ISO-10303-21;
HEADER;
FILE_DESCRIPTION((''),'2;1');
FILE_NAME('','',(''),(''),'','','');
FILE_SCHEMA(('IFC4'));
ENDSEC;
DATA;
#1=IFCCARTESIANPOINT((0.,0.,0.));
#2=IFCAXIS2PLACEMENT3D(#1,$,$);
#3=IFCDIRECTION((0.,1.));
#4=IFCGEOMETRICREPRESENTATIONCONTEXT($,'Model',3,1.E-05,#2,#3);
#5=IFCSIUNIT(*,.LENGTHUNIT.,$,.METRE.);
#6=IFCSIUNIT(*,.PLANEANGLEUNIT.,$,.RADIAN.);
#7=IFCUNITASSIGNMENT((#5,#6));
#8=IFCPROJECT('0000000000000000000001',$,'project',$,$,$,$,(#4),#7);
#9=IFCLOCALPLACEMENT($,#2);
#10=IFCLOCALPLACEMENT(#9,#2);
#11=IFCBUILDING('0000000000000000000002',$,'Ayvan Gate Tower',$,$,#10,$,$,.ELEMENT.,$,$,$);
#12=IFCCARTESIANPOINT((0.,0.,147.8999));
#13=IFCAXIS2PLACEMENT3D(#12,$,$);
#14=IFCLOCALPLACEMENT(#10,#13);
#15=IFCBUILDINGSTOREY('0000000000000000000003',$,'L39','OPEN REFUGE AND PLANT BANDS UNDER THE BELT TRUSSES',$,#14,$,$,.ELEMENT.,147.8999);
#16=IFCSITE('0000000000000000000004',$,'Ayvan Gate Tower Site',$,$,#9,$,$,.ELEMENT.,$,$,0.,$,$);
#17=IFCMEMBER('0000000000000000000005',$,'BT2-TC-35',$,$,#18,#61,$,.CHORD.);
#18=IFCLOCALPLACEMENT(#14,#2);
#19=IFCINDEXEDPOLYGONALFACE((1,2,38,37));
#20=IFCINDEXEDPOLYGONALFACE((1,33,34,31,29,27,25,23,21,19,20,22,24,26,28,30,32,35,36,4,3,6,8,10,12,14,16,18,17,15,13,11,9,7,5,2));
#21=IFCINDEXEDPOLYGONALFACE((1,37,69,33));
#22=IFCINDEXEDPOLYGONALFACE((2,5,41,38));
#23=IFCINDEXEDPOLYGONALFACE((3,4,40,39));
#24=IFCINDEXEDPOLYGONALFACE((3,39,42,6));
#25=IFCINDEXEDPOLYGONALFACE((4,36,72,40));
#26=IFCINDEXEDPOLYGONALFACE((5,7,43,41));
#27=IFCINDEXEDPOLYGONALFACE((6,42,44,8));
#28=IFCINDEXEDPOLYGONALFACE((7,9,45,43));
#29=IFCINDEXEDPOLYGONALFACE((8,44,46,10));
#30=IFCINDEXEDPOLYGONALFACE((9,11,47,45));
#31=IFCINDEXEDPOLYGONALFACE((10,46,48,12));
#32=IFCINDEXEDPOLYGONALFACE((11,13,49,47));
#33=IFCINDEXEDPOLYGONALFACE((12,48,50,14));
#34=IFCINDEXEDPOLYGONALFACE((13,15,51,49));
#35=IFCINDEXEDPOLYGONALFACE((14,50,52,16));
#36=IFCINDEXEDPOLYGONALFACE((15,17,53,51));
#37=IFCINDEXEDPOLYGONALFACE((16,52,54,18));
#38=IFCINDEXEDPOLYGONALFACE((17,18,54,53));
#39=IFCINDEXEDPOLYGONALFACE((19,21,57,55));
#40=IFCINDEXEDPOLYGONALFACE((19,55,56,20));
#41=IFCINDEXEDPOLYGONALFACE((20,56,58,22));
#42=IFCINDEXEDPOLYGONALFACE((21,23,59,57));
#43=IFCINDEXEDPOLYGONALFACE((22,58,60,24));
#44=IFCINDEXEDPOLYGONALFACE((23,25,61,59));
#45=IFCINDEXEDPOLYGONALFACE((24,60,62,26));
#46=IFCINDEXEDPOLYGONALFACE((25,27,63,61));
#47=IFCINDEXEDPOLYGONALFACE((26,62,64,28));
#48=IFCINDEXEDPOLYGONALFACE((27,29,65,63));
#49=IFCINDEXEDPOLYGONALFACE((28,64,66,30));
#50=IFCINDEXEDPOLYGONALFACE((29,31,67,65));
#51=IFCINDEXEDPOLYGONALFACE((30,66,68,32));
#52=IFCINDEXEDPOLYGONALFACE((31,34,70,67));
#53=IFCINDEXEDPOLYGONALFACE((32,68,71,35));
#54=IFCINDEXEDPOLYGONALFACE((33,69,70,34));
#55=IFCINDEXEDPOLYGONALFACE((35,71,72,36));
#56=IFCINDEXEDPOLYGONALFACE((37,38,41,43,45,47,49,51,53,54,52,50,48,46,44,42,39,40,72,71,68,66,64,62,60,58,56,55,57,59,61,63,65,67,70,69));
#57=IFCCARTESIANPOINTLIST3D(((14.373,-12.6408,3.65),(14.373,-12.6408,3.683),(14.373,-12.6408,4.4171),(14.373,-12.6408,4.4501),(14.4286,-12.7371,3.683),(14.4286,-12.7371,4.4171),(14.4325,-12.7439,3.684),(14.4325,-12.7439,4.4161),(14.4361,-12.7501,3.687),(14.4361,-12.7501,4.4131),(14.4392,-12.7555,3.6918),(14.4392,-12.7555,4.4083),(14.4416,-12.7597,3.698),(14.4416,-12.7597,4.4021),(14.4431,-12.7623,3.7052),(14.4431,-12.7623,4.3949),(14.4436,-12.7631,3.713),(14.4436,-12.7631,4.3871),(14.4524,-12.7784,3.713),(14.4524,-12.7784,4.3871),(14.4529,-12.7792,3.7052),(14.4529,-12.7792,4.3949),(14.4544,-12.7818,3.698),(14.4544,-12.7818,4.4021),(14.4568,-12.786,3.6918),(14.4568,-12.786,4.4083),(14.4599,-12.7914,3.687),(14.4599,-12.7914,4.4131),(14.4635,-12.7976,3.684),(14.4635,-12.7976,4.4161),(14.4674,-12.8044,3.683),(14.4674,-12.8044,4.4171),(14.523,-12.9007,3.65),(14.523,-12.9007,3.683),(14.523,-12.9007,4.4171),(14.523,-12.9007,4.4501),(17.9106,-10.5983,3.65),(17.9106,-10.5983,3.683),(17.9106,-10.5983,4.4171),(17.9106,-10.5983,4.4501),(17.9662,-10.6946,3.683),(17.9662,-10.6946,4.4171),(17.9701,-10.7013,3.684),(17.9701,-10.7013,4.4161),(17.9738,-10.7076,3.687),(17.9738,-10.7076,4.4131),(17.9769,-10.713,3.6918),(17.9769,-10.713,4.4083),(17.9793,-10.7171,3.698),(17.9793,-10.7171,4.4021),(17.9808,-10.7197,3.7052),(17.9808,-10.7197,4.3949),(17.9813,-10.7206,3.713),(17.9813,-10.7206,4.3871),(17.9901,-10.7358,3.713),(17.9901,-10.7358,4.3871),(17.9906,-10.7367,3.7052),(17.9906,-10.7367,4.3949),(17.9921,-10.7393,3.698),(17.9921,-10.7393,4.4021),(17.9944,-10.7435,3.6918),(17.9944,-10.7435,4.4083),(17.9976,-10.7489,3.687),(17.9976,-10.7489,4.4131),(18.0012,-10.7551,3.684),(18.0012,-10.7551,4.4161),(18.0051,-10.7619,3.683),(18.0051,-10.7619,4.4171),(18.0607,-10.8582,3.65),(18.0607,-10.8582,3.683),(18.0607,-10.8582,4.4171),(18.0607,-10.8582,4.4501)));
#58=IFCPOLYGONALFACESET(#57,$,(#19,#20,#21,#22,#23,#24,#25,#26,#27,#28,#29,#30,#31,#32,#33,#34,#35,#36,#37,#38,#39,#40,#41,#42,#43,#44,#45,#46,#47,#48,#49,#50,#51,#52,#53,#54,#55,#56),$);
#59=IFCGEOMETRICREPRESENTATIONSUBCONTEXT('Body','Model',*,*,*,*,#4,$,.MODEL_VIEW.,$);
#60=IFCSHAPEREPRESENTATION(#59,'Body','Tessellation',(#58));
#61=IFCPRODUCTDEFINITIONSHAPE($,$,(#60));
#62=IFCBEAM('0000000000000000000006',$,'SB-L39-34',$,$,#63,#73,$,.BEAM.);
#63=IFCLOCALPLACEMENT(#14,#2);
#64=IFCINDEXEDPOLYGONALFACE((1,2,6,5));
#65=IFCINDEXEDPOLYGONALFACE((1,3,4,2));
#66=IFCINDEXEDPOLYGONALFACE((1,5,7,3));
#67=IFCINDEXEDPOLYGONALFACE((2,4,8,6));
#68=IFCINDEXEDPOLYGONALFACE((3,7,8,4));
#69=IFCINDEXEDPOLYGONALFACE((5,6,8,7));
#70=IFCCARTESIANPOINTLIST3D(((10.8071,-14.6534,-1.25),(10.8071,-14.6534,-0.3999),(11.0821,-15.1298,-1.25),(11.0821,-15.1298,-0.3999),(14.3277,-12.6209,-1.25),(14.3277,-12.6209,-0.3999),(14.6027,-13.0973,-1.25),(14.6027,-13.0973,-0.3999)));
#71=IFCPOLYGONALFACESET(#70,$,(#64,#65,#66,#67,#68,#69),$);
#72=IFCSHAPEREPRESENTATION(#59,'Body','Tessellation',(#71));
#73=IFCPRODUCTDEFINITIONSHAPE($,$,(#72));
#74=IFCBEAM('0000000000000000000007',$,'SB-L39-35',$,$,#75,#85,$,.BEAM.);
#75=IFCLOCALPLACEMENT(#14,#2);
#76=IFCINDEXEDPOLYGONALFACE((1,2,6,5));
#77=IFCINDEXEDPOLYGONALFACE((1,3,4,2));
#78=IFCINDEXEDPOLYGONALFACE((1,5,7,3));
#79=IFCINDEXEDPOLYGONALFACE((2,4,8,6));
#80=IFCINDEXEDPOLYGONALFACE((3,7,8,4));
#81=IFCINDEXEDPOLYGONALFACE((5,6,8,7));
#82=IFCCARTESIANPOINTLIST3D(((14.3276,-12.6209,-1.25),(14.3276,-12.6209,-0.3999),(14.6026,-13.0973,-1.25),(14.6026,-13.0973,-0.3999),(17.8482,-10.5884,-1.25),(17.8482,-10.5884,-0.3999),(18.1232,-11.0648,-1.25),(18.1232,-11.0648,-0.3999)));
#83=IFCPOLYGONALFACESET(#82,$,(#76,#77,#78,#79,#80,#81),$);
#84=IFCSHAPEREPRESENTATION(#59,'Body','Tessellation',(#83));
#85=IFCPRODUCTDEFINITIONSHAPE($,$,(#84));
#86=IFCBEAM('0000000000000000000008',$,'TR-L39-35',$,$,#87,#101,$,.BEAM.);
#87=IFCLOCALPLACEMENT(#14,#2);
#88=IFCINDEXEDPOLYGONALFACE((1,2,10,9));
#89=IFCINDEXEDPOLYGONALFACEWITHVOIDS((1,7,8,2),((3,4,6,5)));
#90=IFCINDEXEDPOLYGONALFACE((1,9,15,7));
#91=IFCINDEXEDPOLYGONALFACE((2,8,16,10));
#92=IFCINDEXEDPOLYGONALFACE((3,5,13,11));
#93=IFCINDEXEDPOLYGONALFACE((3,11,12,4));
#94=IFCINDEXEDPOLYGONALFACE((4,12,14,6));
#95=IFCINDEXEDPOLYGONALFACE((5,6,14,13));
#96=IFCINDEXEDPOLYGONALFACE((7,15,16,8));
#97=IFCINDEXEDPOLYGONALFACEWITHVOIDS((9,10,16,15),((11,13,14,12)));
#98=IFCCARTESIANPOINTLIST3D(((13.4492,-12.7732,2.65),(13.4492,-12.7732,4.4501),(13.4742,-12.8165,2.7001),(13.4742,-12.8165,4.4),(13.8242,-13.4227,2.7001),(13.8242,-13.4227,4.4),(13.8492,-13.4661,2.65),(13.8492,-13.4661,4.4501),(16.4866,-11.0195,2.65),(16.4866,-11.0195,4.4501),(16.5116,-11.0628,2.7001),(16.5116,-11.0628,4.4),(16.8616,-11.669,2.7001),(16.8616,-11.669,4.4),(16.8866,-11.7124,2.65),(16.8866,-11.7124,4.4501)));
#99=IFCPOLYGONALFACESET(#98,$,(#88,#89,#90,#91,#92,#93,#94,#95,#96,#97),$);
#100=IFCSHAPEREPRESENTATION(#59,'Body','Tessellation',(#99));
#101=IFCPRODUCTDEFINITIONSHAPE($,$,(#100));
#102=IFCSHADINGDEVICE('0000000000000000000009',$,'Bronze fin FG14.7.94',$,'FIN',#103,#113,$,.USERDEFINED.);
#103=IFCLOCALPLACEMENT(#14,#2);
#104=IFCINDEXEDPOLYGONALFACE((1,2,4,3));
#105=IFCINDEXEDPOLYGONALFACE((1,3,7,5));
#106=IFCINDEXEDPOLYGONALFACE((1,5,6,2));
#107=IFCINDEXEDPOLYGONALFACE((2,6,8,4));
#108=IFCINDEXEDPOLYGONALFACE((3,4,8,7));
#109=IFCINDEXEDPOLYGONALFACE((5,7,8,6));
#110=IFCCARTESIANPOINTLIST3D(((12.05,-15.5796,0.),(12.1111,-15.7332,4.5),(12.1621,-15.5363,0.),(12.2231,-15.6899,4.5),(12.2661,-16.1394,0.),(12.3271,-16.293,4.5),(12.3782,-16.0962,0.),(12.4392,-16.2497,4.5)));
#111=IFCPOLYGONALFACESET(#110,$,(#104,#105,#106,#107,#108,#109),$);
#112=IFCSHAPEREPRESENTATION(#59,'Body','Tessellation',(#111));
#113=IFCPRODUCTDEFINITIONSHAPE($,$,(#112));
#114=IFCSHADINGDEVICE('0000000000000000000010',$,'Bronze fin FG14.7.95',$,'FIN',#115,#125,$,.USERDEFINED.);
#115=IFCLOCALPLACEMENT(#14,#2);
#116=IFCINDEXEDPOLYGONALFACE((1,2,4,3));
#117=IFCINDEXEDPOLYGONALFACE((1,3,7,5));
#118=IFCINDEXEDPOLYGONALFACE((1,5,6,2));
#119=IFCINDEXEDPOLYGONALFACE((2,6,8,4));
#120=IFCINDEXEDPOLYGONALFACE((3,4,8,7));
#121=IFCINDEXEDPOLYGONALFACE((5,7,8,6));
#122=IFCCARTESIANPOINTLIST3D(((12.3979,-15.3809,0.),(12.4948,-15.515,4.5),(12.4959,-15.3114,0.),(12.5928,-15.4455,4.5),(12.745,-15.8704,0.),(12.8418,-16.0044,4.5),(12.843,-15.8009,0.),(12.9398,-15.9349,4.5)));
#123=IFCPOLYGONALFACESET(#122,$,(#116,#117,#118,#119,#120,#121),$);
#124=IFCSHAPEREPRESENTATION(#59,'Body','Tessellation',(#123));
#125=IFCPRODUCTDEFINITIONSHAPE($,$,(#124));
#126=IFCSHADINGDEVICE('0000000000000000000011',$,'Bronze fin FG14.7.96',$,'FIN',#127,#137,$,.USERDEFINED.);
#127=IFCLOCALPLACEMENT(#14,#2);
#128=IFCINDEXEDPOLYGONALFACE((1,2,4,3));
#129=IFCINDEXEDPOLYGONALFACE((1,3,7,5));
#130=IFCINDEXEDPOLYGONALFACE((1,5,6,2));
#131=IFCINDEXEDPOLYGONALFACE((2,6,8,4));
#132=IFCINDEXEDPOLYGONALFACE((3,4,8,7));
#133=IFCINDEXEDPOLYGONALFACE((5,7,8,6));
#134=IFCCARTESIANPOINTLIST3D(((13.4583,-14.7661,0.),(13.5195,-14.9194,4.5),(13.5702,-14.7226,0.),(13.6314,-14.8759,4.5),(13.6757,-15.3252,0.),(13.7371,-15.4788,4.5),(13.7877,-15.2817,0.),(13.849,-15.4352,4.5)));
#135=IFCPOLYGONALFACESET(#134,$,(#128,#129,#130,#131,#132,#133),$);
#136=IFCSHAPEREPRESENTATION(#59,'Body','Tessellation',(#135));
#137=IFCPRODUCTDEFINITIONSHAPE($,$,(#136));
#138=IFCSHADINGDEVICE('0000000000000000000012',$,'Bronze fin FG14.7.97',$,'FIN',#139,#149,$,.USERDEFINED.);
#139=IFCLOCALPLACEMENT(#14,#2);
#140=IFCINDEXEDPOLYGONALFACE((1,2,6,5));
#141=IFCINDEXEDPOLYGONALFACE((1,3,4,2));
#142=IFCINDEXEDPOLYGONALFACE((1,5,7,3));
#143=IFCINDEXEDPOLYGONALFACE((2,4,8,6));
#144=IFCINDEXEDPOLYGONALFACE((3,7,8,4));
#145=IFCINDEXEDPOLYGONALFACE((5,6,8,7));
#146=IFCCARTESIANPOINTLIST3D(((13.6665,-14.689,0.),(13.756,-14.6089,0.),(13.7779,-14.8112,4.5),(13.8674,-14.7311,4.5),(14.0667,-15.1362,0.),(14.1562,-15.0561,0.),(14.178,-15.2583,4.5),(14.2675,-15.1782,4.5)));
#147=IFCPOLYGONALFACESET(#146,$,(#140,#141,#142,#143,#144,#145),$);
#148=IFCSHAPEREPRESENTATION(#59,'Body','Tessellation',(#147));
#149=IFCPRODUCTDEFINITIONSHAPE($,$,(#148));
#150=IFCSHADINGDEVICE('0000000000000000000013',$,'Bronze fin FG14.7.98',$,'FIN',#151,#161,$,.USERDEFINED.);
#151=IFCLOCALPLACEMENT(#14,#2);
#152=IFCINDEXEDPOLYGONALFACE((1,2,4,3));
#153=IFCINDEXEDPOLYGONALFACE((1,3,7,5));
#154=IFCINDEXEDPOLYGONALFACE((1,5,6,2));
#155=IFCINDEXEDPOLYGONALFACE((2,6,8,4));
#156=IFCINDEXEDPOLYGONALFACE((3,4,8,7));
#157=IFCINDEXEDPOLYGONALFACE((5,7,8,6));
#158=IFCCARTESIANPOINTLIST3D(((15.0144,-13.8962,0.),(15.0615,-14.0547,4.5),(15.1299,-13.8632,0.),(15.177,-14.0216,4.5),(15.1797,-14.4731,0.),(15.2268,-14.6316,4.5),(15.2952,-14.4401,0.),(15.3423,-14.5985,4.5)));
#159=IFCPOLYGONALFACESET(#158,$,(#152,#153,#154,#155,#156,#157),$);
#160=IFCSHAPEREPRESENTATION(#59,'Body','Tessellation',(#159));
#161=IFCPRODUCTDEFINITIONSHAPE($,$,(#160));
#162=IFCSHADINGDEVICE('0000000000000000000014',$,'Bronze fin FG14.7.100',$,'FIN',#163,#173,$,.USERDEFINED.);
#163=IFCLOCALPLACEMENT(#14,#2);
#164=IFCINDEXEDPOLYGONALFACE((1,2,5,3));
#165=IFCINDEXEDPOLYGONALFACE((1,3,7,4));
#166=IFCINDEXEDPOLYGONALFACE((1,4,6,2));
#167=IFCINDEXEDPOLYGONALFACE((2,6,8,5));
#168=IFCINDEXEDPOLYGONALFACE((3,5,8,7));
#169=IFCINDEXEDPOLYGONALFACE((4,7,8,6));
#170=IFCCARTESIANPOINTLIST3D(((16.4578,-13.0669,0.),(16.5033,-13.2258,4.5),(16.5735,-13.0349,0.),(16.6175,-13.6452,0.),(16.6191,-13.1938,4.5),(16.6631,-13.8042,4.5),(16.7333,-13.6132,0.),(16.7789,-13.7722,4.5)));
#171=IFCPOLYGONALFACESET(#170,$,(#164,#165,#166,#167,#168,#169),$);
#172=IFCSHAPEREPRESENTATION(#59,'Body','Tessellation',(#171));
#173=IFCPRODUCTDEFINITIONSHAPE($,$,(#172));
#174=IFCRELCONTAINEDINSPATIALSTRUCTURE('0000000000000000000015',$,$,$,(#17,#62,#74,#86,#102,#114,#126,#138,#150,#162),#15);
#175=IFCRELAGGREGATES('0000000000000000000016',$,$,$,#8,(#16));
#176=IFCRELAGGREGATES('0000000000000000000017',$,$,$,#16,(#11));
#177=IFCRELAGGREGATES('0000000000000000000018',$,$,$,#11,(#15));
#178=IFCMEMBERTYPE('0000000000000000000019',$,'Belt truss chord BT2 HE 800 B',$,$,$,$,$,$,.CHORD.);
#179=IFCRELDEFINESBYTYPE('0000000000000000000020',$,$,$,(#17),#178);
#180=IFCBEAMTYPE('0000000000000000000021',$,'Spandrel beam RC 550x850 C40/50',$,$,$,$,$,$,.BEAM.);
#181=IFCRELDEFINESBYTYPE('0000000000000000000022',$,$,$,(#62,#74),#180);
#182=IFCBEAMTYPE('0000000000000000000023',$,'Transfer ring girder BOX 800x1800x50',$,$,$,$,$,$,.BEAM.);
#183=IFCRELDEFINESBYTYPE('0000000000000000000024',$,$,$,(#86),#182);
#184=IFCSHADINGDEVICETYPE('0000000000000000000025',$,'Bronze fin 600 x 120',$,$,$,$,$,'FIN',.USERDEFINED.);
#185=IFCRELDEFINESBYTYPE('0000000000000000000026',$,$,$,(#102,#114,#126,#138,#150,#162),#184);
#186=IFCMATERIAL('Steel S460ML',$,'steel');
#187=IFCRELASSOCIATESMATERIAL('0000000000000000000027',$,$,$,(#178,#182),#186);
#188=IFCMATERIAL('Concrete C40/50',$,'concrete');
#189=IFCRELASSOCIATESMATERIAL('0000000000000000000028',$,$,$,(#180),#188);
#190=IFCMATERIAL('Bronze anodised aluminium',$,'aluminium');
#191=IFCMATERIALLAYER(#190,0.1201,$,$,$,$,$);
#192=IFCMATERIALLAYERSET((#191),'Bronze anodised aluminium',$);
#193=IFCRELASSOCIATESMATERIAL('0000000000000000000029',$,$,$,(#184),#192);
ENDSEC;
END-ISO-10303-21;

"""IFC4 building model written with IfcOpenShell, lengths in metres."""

from ifc_helpers import new_model, si_unit, direction, frame, origin, origin_2d, place, context, subcontext, project, spatial, polyline, rectangle, hollow_rectangle, i_section, outline, extrude, material, layer, layer_set, material_profile, profile_set, type_object, element, save


model = new_model("IFC4")

# Units and contexts
model_context = context("Model", 3, precision=1e-05, world=origin(), true_north=direction((0.0, 1.0)))
body_context = subcontext(model_context, "Body", "Model", "MODEL_VIEW")
ifc_project = project(units=[si_unit("LENGTHUNIT", "METRE"), si_unit("PLANEANGLEUNIT", "RADIAN")], contexts=[model_context])

# Site, building, storey
site_placement = place(None, origin())
site = spatial("IfcSite", under=ifc_project, at=site_placement, Name="Ayvan Gate Tower Site", CompositionType="ELEMENT", RefElevation=0.0)
building_placement = place(site_placement, origin())
building = spatial("IfcBuilding", under=site, at=building_placement, Name="Ayvan Gate Tower", CompositionType="ELEMENT")
storey_placement = place(building_placement, frame((0.0, 0.0, 147.8999)))
storey = spatial("IfcBuildingStorey", under=building, at=storey_placement, Name="L39", Description="OPEN REFUGE AND PLANT BANDS UNDER THE BELT TRUSSES", CompositionType="ELEMENT", Elevation=147.8999)

# Member
ifc_material_1 = material(Name="Steel S460ML", Category="steel")
ifc_material_profile_1 = material_profile(ifc_material_1, i_section(OverallWidth=0.3, OverallDepth=0.8, WebThickness=0.0176, FlangeThickness=0.033, FilletRadius=0.03, at=origin_2d()), Name="HE 800 B")
ifc_profile_set_1 = profile_set([ifc_material_profile_1], Name="Steel S460ML")
member_type_1 = type_object("IfcMemberType", Name="Belt truss chord BT2 HE 800 B", PredefinedType="CHORD", material=ifc_profile_set_1)
member_1_placement = place(storey_placement, frame((14.448, -12.7708, 4.05), z_axis=(0.86602, 0.500009, 0.0), x_axis=(-0.500009, 0.86602, 0.0)))
element("IfcMember", 1, at=member_1_placement, inside=storey, type_object=member_type_1, Name="BT2-TC-35", PredefinedType="CHORD", context=body_context, shape_type="SweptSolid", body=[
    extrude(i_section(OverallWidth=0.3, OverallDepth=0.8, WebThickness=0.0176, FlangeThickness=0.033, FilletRadius=0.03, at=origin_2d()), origin(), (0.0, 0.0, 1.0), 4.085),
])

# Beams
ifc_material_2 = material(Name="Concrete C40/50", Category="concrete")
ifc_material_profile_2 = material_profile(ifc_material_2, rectangle(XDim=0.55, YDim=0.8501, at=origin_2d()), Name="RC 550x850")
ifc_profile_set_2 = profile_set([ifc_material_profile_2], Name="Concrete C40/50")
beam_type_1 = type_object("IfcBeamType", Name="Spandrel beam RC 550x850 C40/50", PredefinedType="BEAM", material=ifc_profile_set_2)
for number, where, z_axis, x_axis, name in (
    (2, (10.9446, -14.8916, -0.825), (0.866036, 0.499982, 0.0), (-0.499982, 0.866036, 0.0), "SB-L39-34"),
    (3, (14.4651, -12.8591, -0.825), (0.866036, 0.499982, 0.0), (-0.499982, 0.866036, 0.0), "SB-L39-35"),
):
    element("IfcBeam", number, at=place(storey_placement, frame(where, z_axis=z_axis, x_axis=x_axis)), inside=storey, type_object=beam_type_1, Name=name, PredefinedType="BEAM", context=body_context, shape_type="SweptSolid", body=[
        extrude(rectangle(XDim=0.55, YDim=0.8501, at=origin_2d()), origin(), (0.0, 0.0, 1.0), 4.0652),
    ])
ifc_material_profile_3 = material_profile(ifc_material_1, hollow_rectangle(XDim=0.8, YDim=1.8, WallThickness=0.05, at=origin_2d()), Name="BOX 800x1800x50")
ifc_profile_set_3 = profile_set([ifc_material_profile_3], Name="Steel S460ML")
beam_type_2 = type_object("IfcBeamType", Name="Transfer ring girder BOX 800x1800x50", PredefinedType="BEAM", material=ifc_profile_set_3)
beam_placement = place(storey_placement, frame((13.6492, -13.1196, 3.55), z_axis=(0.86602, 0.50001, 0.0), x_axis=(-0.50001, 0.86602, 0.0)))
element("IfcBeam", 4, at=beam_placement, inside=storey, type_object=beam_type_2, Name="TR-L39-35", PredefinedType="BEAM", context=body_context, shape_type="SweptSolid", body=[
    extrude(hollow_rectangle(XDim=0.8, YDim=1.8, WallThickness=0.05, at=origin_2d()), origin(), (0.0, 0.0, 1.0), 3.5073),
])

# Shading devices
ifc_material_3 = material(Name="Bronze anodised aluminium", Category="aluminium")
ifc_layer_1 = layer(ifc_material_3, 0.1201)
ifc_layer_set_1 = layer_set([ifc_layer_1], Name="Bronze anodised aluminium")
shading_device_type = type_object("IfcShadingDeviceType", Name="Bronze fin 600 x 120", ElementType="FIN", PredefinedType="USERDEFINED", material=ifc_layer_set_1)
shading_device_1_placement = place(storey_placement, frame((12.05, -15.5796, 0.0), z_axis=(-0.932925, -0.360069, 0.000366), x_axis=(0.360069, -0.932926, 0.0)))
element("IfcShadingDevice", 5, at=shading_device_1_placement, inside=storey, type_object=shading_device_type, Name="Bronze fin FG14.7.94", ObjectType="FIN", PredefinedType="USERDEFINED", context=body_context, shape_type="SweptSolid", body=[
    extrude(outline(polyline([(0.0, 0.0), (0.6001, 0.0), (0.7653, 4.5), (0.1652, 4.5), (0.0, 0.0)])), origin(), (0.0, 0.0, -1.0), 0.1201),
])
shading_device_2_placement = place(storey_placement, frame((12.3979, -15.3809, 0.0), z_axis=(-0.815776, -0.578367, 0.000322), x_axis=(0.578367, -0.815777, 0.0)))
element("IfcShadingDevice", 6, at=shading_device_2_placement, inside=storey, type_object=shading_device_type, Name="Bronze fin FG14.7.95", ObjectType="FIN", PredefinedType="USERDEFINED", context=body_context, shape_type="SweptSolid", body=[
    extrude(outline(polyline([(0.0, 0.0), (0.6001, 0.0), (0.7654, 4.5), (0.1654, 4.5), (0.0, 0.0)])), origin(), (0.0, 0.0, -1.0), 0.1201),
])
shading_device_3_placement = place(storey_placement, frame((13.4583, -14.7661, 0.0), z_axis=(-0.93197, -0.362535, 0.000329), x_axis=(0.362535, -0.93197, 0.0)))
element("IfcShadingDevice", 7, at=shading_device_3_placement, inside=storey, type_object=shading_device_type, Name="Bronze fin FG14.7.96", ObjectType="FIN", PredefinedType="USERDEFINED", context=body_context, shape_type="SweptSolid", body=[
    extrude(outline(polyline([(0.0, 0.0), (0.5999, 0.0), (0.7652, 4.5), (0.1651, 4.5), (0.0, 0.0)])), origin(), (0.0, 0.0, -1.0), 0.1201),
])
shading_device_4_placement = place(storey_placement, frame((13.6665, -14.689, 0.0), z_axis=(-0.745183, -0.66686, 0.000328), x_axis=(0.66686, -0.745183, 0.0)))
element("IfcShadingDevice", 8, at=shading_device_4_placement, inside=storey, type_object=shading_device_type, Name="Bronze fin FG14.7.97", ObjectType="FIN", PredefinedType="USERDEFINED", context=body_context, shape_type="SweptSolid", body=[
    extrude(outline(polyline([(0.0, 0.0), (0.6001, 0.0), (0.7653, 4.5), (0.1654, 4.5), (0.0, 0.0)])), origin(), (0.0, 0.0, -1.0), 0.1201),
])
shading_device_5_placement = place(storey_placement, frame((15.0144, -13.8962, 0.0), z_axis=(-0.961324, -0.27542, 0.000368), x_axis=(0.27542, -0.961324, 0.0)))
element("IfcShadingDevice", 9, at=shading_device_5_placement, inside=storey, type_object=shading_device_type, Name="Bronze fin FG14.7.98", ObjectType="FIN", PredefinedType="USERDEFINED", context=body_context, shape_type="SweptSolid", body=[
    extrude(outline(polyline([(0.0, 0.0), (0.6001, 0.0), (0.7654, 4.5), (0.1653, 4.5), (0.0, 0.0)])), origin(), (0.0, 0.0, -1.0), 0.1201),
])
shading_device_6_placement = place(storey_placement, frame((16.4578, -13.0669, 0.0), z_axis=(-0.96389, -0.266301, 0.000347), x_axis=(0.266301, -0.96389, 0.0)))
element("IfcShadingDevice", 10, at=shading_device_6_placement, inside=storey, type_object=shading_device_type, Name="Bronze fin FG14.7.100", ObjectType="FIN", PredefinedType="USERDEFINED", context=body_context, shape_type="SweptSolid", body=[
    extrude(outline(polyline([(0.0, 0.0), (0.6, 0.0), (0.7654, 4.5), (0.1653, 4.5), (0.0, 0.0)])), origin(), (0.0, 0.0, -1.0), 0.1201),
])

save(model, "model.ifc")
